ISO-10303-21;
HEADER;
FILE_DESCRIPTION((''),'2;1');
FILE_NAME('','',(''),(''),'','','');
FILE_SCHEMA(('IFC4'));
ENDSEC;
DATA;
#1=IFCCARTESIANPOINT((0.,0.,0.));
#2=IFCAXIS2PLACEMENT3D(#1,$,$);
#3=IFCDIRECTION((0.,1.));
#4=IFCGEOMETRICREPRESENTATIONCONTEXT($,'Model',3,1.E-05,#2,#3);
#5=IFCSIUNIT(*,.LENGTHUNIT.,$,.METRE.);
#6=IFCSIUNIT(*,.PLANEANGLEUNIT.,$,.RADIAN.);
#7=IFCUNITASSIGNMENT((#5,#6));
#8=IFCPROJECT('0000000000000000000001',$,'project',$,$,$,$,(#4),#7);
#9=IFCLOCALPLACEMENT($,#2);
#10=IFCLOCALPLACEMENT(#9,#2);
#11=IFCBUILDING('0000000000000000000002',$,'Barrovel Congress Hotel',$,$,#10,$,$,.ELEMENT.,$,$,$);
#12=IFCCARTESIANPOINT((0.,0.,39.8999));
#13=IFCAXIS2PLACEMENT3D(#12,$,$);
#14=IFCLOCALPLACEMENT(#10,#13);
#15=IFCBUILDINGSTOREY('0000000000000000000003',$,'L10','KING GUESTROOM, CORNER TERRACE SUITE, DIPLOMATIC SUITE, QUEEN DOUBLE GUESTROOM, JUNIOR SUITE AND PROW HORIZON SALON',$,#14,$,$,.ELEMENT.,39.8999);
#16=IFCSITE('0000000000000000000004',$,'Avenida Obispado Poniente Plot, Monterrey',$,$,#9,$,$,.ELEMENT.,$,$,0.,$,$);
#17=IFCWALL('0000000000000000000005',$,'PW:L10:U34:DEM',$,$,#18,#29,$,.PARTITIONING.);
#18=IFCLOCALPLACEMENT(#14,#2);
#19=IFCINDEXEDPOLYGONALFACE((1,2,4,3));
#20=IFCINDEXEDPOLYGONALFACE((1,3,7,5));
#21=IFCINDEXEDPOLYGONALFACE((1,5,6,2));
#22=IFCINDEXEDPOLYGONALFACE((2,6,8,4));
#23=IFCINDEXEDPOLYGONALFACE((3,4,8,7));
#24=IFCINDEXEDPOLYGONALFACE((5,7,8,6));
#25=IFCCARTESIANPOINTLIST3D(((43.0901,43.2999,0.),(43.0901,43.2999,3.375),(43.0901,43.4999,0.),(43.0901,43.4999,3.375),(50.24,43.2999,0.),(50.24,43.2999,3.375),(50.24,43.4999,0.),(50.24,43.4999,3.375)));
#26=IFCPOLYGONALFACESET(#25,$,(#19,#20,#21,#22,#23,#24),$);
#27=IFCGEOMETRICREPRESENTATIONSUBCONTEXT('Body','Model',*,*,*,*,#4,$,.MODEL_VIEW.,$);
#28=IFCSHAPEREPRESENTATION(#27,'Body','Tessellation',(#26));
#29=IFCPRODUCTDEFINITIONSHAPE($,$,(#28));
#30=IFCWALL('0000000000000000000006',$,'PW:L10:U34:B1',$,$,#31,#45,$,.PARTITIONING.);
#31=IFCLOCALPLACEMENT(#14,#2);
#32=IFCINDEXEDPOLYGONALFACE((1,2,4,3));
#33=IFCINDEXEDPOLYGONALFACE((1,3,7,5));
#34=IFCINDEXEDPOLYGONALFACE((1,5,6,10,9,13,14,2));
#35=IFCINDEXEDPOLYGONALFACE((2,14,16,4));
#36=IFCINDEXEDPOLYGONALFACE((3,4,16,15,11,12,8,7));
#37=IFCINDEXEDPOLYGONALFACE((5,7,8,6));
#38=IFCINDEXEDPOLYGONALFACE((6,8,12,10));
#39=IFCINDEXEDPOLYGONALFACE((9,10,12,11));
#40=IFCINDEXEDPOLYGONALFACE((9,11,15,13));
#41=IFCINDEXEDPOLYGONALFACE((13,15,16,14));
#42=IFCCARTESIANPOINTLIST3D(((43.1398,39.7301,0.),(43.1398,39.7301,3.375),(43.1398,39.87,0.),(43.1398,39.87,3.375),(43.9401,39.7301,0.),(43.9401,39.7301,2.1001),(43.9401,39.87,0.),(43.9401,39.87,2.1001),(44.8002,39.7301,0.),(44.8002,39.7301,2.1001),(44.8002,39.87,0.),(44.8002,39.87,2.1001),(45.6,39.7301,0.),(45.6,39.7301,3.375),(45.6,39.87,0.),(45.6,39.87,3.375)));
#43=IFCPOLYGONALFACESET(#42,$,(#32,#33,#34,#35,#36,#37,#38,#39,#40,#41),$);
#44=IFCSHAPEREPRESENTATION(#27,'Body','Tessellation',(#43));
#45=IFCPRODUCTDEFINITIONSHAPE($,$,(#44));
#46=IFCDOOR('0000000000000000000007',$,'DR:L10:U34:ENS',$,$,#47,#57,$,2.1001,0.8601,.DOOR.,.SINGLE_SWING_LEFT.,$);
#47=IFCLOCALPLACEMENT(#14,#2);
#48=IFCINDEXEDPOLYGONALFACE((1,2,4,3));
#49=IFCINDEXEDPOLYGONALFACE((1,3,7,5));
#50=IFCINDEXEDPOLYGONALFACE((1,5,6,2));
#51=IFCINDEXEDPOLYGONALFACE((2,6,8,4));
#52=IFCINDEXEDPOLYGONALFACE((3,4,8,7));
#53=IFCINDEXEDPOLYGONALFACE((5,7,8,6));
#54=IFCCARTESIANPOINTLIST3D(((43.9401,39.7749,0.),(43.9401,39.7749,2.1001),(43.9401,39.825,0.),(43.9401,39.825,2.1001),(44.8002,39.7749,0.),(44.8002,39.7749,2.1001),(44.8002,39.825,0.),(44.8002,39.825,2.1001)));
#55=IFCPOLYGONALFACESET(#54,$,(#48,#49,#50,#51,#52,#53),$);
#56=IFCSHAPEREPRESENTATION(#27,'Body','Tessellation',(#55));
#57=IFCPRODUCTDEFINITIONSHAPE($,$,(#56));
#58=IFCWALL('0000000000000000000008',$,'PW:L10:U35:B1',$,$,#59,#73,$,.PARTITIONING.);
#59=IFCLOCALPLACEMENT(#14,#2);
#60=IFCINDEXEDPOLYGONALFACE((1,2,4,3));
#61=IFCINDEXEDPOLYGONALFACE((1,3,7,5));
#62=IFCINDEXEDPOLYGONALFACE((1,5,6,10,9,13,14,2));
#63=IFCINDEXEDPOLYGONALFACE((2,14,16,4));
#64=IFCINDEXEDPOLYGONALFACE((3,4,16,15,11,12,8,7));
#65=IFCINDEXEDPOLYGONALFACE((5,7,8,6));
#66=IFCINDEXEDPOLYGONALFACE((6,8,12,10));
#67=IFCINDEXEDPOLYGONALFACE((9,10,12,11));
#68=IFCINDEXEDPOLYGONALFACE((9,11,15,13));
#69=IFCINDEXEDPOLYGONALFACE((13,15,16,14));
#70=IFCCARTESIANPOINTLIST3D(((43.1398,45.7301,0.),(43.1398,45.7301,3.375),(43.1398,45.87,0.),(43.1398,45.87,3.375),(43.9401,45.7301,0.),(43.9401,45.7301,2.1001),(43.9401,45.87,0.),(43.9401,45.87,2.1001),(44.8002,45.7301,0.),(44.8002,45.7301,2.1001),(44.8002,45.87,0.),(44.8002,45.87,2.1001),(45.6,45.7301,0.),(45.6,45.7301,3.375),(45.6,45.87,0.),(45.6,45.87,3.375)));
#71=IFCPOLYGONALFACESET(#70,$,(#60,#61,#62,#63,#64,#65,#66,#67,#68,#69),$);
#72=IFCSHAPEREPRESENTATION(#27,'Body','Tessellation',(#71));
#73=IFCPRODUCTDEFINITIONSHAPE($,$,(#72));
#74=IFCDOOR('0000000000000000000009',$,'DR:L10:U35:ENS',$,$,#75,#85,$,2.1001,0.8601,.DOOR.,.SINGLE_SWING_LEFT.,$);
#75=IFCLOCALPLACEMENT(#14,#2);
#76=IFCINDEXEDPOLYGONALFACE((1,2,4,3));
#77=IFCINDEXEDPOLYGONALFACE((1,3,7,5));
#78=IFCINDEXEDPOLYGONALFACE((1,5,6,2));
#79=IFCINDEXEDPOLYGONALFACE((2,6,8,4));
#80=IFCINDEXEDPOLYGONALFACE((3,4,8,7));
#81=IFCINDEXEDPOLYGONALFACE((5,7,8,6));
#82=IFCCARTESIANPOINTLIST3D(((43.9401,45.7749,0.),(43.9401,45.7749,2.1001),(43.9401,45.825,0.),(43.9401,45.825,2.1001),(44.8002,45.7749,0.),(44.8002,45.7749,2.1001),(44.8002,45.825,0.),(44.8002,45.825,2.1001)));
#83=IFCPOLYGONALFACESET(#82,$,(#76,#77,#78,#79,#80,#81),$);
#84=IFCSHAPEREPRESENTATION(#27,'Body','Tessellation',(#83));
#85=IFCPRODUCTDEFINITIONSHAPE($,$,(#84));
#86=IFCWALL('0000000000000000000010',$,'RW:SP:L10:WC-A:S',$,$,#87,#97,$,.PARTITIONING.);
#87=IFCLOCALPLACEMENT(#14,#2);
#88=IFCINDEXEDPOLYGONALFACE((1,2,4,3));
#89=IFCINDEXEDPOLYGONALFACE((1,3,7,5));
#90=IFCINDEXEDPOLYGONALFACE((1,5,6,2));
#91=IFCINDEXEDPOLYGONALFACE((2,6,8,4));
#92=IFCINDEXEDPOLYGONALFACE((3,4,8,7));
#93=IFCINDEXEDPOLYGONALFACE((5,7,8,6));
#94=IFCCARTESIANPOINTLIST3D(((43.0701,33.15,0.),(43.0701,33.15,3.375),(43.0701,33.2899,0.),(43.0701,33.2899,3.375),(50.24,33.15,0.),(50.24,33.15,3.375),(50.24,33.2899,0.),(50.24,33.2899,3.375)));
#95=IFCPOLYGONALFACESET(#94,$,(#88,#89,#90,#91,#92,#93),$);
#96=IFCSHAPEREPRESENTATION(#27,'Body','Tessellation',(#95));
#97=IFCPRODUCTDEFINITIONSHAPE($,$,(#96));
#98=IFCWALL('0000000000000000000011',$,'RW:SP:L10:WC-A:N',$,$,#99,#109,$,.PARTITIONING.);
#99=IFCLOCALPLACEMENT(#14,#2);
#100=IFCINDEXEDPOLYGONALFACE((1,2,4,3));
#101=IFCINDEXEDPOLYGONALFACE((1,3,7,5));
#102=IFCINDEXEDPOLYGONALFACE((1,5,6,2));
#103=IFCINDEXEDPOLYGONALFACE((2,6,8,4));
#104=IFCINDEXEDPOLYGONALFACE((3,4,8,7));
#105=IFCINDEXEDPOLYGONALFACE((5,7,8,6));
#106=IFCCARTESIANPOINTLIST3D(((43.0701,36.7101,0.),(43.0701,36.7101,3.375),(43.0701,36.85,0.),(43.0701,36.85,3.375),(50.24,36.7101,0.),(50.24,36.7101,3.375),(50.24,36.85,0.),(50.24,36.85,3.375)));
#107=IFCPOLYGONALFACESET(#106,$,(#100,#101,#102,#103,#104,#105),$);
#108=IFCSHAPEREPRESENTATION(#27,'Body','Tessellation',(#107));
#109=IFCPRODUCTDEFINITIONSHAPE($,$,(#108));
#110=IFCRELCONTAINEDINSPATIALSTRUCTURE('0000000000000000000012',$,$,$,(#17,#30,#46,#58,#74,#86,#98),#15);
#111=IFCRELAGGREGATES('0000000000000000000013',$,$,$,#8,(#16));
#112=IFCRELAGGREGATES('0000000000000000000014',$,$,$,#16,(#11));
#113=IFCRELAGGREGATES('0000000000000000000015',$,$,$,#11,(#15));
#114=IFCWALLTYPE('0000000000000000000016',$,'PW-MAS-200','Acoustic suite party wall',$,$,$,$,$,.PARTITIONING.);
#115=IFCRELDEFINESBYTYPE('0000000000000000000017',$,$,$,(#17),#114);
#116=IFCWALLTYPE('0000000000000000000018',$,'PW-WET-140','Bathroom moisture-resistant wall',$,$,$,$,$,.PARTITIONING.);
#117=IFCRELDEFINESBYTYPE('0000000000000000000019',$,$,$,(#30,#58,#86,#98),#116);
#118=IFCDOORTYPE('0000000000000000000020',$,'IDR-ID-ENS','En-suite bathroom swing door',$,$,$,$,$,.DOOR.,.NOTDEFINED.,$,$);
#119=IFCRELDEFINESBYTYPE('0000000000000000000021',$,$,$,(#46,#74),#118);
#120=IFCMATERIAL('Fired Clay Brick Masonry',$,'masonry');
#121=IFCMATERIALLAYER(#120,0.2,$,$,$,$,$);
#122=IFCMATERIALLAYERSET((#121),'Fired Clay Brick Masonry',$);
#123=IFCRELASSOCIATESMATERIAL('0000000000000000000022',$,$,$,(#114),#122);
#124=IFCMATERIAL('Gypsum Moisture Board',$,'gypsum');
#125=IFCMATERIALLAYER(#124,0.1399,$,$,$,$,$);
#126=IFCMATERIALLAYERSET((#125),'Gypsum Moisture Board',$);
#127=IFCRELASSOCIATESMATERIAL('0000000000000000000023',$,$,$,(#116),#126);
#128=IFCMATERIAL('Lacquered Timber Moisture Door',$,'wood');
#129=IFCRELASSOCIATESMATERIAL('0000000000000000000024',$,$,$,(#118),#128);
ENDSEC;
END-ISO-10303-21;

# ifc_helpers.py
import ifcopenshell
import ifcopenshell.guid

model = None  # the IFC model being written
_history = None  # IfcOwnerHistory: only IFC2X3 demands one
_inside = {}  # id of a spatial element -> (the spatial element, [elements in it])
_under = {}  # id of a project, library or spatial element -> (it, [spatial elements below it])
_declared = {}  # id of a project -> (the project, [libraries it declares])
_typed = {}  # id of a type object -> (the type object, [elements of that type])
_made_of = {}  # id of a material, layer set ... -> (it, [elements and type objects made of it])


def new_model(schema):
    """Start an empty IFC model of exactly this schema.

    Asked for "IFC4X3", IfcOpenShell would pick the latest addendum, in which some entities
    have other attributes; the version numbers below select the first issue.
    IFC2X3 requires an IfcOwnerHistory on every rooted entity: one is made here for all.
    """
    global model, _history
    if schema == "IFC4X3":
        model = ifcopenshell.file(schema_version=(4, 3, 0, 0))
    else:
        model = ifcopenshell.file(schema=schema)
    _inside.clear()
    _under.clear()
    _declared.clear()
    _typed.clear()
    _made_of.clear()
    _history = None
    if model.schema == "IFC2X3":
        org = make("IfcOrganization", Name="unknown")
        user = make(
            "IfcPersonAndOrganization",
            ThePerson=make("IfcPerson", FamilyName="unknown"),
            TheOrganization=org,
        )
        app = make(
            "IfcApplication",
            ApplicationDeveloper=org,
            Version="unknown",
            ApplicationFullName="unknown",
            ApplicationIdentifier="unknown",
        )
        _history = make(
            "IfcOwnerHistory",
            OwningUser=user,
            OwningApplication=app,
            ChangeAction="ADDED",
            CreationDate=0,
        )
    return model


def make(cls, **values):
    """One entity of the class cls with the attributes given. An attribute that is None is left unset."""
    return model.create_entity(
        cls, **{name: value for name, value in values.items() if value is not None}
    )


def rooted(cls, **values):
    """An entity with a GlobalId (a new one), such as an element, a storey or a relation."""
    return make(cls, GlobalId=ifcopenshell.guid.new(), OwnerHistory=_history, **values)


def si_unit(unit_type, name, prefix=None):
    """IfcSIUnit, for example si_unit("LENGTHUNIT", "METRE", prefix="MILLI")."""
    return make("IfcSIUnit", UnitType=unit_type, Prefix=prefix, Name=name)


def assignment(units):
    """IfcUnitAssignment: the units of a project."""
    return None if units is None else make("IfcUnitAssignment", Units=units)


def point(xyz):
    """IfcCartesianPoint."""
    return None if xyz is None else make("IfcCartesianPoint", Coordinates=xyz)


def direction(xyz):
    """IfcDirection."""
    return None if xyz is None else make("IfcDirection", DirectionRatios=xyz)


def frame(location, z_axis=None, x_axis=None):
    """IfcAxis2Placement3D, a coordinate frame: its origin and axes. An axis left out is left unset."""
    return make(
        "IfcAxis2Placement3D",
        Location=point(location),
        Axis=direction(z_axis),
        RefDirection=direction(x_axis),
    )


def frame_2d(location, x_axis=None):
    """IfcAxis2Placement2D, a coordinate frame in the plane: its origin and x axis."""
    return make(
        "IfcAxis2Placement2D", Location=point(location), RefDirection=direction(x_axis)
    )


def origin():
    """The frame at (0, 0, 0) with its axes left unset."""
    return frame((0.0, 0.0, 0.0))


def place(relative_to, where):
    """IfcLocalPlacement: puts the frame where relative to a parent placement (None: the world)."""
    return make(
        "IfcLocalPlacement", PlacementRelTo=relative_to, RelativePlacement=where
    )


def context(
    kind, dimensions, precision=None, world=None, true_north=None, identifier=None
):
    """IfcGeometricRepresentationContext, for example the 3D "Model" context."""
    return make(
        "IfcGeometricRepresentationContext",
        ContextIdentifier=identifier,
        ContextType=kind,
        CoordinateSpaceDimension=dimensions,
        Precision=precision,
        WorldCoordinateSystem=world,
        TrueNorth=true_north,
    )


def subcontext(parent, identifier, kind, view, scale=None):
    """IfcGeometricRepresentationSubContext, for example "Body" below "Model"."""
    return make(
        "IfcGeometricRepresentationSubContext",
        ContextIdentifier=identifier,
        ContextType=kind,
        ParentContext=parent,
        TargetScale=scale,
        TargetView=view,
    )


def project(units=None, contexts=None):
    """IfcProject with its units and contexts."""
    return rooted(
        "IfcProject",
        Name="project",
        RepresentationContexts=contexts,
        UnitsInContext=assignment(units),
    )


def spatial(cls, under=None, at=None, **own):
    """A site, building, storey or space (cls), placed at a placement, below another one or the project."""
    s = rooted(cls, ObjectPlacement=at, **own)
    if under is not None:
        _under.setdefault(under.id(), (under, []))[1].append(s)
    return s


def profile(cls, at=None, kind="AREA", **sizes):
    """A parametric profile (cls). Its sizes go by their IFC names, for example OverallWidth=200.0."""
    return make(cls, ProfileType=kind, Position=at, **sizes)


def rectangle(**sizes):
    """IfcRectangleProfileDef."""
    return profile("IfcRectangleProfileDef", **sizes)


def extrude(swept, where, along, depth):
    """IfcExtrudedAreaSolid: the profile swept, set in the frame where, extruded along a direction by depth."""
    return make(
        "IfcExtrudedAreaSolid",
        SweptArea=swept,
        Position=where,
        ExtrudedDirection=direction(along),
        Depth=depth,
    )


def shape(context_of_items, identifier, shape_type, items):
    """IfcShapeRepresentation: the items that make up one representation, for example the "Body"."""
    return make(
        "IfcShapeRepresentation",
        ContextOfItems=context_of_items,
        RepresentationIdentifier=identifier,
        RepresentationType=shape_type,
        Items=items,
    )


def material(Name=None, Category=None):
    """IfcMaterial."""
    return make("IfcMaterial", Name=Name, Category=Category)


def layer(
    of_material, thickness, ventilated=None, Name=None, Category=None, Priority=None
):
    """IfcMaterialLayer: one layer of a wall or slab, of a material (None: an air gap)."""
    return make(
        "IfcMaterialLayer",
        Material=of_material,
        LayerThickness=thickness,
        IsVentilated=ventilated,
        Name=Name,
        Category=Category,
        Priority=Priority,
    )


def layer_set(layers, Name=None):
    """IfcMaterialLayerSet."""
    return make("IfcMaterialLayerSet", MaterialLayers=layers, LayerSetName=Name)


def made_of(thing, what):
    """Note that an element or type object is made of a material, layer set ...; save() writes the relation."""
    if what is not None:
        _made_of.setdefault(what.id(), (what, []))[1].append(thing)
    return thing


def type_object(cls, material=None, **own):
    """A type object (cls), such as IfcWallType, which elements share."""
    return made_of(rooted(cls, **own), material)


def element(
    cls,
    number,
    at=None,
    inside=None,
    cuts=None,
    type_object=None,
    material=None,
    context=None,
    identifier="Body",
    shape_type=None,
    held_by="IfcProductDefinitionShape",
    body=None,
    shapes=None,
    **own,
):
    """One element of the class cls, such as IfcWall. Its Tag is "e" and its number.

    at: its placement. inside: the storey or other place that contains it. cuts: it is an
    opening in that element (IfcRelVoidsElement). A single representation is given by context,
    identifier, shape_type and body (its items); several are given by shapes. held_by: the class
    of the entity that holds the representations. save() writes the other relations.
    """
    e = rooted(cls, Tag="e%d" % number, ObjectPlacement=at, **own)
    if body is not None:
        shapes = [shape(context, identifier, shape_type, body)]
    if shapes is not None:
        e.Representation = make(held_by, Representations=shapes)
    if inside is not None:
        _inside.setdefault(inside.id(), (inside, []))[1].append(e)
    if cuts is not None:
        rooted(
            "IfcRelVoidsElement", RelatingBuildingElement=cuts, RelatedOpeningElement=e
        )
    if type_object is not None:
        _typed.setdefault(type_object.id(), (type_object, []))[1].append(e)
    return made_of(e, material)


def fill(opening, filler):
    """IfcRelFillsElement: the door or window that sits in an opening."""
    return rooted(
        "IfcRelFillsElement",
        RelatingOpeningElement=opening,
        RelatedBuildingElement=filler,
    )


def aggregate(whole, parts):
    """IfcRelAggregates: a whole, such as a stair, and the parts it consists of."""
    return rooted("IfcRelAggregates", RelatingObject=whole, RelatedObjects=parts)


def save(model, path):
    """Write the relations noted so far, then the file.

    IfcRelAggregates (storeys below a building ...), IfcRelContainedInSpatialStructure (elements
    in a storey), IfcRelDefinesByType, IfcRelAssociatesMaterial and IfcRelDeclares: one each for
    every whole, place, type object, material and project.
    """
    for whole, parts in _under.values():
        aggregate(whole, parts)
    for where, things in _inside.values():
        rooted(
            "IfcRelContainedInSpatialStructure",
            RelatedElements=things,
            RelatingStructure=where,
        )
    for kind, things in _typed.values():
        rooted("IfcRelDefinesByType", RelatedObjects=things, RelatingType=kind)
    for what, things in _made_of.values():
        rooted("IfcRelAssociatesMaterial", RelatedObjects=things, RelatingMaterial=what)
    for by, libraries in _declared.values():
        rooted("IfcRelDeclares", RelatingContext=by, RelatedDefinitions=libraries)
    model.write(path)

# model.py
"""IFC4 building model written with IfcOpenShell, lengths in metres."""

from ifc_helpers import new_model, si_unit, direction, frame, frame_2d, origin, place, context, subcontext, project, spatial, rectangle, extrude, material, layer, layer_set, type_object, element, fill, save


model = new_model("IFC4")

# Units and contexts
model_context = context("Model", 3, precision=1e-05, world=origin(), true_north=direction((0.0, 1.0)))
body_context = subcontext(model_context, "Body", "Model", "MODEL_VIEW")
ifc_project = project(units=[si_unit("LENGTHUNIT", "METRE"), si_unit("PLANEANGLEUNIT", "RADIAN")], contexts=[model_context])

# Site, building, storey
site_placement = place(None, origin())
site = spatial("IfcSite", under=ifc_project, at=site_placement, Name="Avenida Obispado Poniente Plot, Monterrey", CompositionType="ELEMENT", RefElevation=0.0)
building_placement = place(site_placement, origin())
building = spatial("IfcBuilding", under=site, at=building_placement, Name="Barrovel Congress Hotel", CompositionType="ELEMENT")
storey_placement = place(building_placement, frame((0.0, 0.0, 39.8999)))
storey = spatial("IfcBuildingStorey", under=building, at=storey_placement, Name="L10", Description="KING GUESTROOM, CORNER TERRACE SUITE, DIPLOMATIC SUITE, QUEEN DOUBLE GUESTROOM, JUNIOR SUITE AND PROW HORIZON SALON", CompositionType="ELEMENT", Elevation=39.8999)

# Wall
ifc_material_1 = material(Name="Fired Clay Brick Masonry", Category="masonry")
ifc_layer_1 = layer(ifc_material_1, 0.2)
ifc_layer_set_1 = layer_set([ifc_layer_1], Name="Fired Clay Brick Masonry")
wall_type_1 = type_object("IfcWallType", Name="PW-MAS-200", Description="Acoustic suite party wall", PredefinedType="PARTITIONING", material=ifc_layer_set_1)
wall_1_placement = place(storey_placement, frame((43.0901, 43.3999, 0.0), z_axis=(0.0, 0.0, 1.0), x_axis=(1.0, 0.0, 0.0)))
element("IfcWall", 1, at=wall_1_placement, inside=storey, type_object=wall_type_1, Name="PW:L10:U34:DEM", PredefinedType="PARTITIONING", context=body_context, shape_type="SweptSolid", body=[
    extrude(rectangle(XDim=7.1499, YDim=0.2, at=frame_2d((3.575, 0.0))), origin(), (0.0, 0.0, 1.0), 3.375),
])

# Walls, openings, doors
ifc_material_2 = material(Name="Gypsum Moisture Board", Category="gypsum")
ifc_layer_2 = layer(ifc_material_2, 0.1399)
ifc_layer_set_2 = layer_set([ifc_layer_2], Name="Gypsum Moisture Board")
wall_type_2 = type_object("IfcWallType", Name="PW-WET-140", Description="Bathroom moisture-resistant wall", PredefinedType="PARTITIONING", material=ifc_layer_set_2)
wall_2_placement = place(storey_placement, frame((43.1399, 39.8, 0.0), z_axis=(0.0, 0.0, 1.0), x_axis=(1.0, 0.0, 0.0)))
wall_2 = element("IfcWall", 2, at=wall_2_placement, inside=storey, type_object=wall_type_2, Name="PW:L10:U34:B1", PredefinedType="PARTITIONING", context=body_context, shape_type="SweptSolid", body=[
    extrude(rectangle(XDim=2.4602, YDim=0.1399, at=frame_2d((1.23, 0.0))), origin(), (0.0, 0.0, 1.0), 3.375),
])
opening_1_placement = place(wall_2_placement, frame((0.8, 0.0, 0.0)))
opening_1 = element("IfcOpeningElement", 3, at=opening_1_placement, cuts=wall_2, PredefinedType="OPENING", context=body_context, shape_type="SweptSolid", body=[
    extrude(rectangle(XDim=0.8601, YDim=2.1001, at=frame_2d((0.4302, 1.05))), frame((0.0, 0.0801, 0.0), z_axis=(0.0, -1.0, 0.0), x_axis=(1.0, 0.0, 0.0)), (0.0, 0.0, 1.0), 0.1599),
])
ifc_material_3 = material(Name="Lacquered Timber Moisture Door", Category="wood")
door_type_1 = type_object("IfcDoorType", Name="IDR-ID-ENS", Description="En-suite bathroom swing door", OperationType="NOTDEFINED", PredefinedType="DOOR", material=ifc_material_3)
door_1_placement = place(opening_1_placement, origin())
door_1 = element("IfcDoor", 4, at=door_1_placement, inside=storey, type_object=door_type_1, Name="DR:L10:U34:ENS", OperationType="SINGLE_SWING_LEFT", OverallHeight=2.1001, OverallWidth=0.8601, PredefinedType="DOOR", context=body_context, shape_type="SweptSolid", body=[
    extrude(rectangle(XDim=0.8601, YDim=2.1001, at=frame_2d((0.4302, 1.05))), frame((0.0, 0.0249, 0.0), z_axis=(0.0, -1.0, 0.0), x_axis=(1.0, 0.0, 0.0)), (0.0, 0.0, 1.0), 0.05),
])
fill(opening_1, door_1)
wall_3_placement = place(storey_placement, frame((43.1399, 45.8, 0.0), z_axis=(0.0, 0.0, 1.0), x_axis=(1.0, 0.0, 0.0)))
wall_3 = element("IfcWall", 5, at=wall_3_placement, inside=storey, type_object=wall_type_2, Name="PW:L10:U35:B1", PredefinedType="PARTITIONING", context=body_context, shape_type="SweptSolid", body=[
    extrude(rectangle(XDim=2.4602, YDim=0.1399, at=frame_2d((1.23, 0.0))), origin(), (0.0, 0.0, 1.0), 3.375),
])
opening_2_placement = place(wall_3_placement, frame((0.8, 0.0, 0.0)))
opening_2 = element("IfcOpeningElement", 6, at=opening_2_placement, cuts=wall_3, PredefinedType="OPENING", context=body_context, shape_type="SweptSolid", body=[
    extrude(rectangle(XDim=0.8601, YDim=2.1001, at=frame_2d((0.4302, 1.05))), frame((0.0, 0.0801, 0.0), z_axis=(0.0, -1.0, 0.0), x_axis=(1.0, 0.0, 0.0)), (0.0, 0.0, 1.0), 0.1599),
])
door_2_placement = place(opening_2_placement, origin())
door_2 = element("IfcDoor", 7, at=door_2_placement, inside=storey, type_object=door_type_1, Name="DR:L10:U35:ENS", OperationType="SINGLE_SWING_LEFT", OverallHeight=2.1001, OverallWidth=0.8601, PredefinedType="DOOR", context=body_context, shape_type="SweptSolid", body=[
    extrude(rectangle(XDim=0.8601, YDim=2.1001, at=frame_2d((0.4302, 1.05))), frame((0.0, 0.0249, 0.0), z_axis=(0.0, -1.0, 0.0), x_axis=(1.0, 0.0, 0.0)), (0.0, 0.0, 1.0), 0.05),
])
fill(opening_2, door_2)

# Walls
for number, where, z_axis, x_axis, name in (
    (8, (43.0701, 33.22, 0.0), (0.0, 0.0, 1.0), (1.0, 0.0, 0.0), "RW:SP:L10:WC-A:S"),
    (9, (43.0701, 36.78, 0.0), (0.0, 0.0, 1.0), (1.0, 0.0, 0.0), "RW:SP:L10:WC-A:N"),
):
    element("IfcWall", number, at=place(storey_placement, frame(where, z_axis=z_axis, x_axis=x_axis)), inside=storey, type_object=wall_type_2, Name=name, PredefinedType="PARTITIONING", context=body_context, shape_type="SweptSolid", body=[
        extrude(rectangle(XDim=7.1699, YDim=0.1399, at=frame_2d((3.585, 0.0))), origin(), (0.0, 0.0, 1.0), 3.375),
    ])

save(model, "model.ifc")
